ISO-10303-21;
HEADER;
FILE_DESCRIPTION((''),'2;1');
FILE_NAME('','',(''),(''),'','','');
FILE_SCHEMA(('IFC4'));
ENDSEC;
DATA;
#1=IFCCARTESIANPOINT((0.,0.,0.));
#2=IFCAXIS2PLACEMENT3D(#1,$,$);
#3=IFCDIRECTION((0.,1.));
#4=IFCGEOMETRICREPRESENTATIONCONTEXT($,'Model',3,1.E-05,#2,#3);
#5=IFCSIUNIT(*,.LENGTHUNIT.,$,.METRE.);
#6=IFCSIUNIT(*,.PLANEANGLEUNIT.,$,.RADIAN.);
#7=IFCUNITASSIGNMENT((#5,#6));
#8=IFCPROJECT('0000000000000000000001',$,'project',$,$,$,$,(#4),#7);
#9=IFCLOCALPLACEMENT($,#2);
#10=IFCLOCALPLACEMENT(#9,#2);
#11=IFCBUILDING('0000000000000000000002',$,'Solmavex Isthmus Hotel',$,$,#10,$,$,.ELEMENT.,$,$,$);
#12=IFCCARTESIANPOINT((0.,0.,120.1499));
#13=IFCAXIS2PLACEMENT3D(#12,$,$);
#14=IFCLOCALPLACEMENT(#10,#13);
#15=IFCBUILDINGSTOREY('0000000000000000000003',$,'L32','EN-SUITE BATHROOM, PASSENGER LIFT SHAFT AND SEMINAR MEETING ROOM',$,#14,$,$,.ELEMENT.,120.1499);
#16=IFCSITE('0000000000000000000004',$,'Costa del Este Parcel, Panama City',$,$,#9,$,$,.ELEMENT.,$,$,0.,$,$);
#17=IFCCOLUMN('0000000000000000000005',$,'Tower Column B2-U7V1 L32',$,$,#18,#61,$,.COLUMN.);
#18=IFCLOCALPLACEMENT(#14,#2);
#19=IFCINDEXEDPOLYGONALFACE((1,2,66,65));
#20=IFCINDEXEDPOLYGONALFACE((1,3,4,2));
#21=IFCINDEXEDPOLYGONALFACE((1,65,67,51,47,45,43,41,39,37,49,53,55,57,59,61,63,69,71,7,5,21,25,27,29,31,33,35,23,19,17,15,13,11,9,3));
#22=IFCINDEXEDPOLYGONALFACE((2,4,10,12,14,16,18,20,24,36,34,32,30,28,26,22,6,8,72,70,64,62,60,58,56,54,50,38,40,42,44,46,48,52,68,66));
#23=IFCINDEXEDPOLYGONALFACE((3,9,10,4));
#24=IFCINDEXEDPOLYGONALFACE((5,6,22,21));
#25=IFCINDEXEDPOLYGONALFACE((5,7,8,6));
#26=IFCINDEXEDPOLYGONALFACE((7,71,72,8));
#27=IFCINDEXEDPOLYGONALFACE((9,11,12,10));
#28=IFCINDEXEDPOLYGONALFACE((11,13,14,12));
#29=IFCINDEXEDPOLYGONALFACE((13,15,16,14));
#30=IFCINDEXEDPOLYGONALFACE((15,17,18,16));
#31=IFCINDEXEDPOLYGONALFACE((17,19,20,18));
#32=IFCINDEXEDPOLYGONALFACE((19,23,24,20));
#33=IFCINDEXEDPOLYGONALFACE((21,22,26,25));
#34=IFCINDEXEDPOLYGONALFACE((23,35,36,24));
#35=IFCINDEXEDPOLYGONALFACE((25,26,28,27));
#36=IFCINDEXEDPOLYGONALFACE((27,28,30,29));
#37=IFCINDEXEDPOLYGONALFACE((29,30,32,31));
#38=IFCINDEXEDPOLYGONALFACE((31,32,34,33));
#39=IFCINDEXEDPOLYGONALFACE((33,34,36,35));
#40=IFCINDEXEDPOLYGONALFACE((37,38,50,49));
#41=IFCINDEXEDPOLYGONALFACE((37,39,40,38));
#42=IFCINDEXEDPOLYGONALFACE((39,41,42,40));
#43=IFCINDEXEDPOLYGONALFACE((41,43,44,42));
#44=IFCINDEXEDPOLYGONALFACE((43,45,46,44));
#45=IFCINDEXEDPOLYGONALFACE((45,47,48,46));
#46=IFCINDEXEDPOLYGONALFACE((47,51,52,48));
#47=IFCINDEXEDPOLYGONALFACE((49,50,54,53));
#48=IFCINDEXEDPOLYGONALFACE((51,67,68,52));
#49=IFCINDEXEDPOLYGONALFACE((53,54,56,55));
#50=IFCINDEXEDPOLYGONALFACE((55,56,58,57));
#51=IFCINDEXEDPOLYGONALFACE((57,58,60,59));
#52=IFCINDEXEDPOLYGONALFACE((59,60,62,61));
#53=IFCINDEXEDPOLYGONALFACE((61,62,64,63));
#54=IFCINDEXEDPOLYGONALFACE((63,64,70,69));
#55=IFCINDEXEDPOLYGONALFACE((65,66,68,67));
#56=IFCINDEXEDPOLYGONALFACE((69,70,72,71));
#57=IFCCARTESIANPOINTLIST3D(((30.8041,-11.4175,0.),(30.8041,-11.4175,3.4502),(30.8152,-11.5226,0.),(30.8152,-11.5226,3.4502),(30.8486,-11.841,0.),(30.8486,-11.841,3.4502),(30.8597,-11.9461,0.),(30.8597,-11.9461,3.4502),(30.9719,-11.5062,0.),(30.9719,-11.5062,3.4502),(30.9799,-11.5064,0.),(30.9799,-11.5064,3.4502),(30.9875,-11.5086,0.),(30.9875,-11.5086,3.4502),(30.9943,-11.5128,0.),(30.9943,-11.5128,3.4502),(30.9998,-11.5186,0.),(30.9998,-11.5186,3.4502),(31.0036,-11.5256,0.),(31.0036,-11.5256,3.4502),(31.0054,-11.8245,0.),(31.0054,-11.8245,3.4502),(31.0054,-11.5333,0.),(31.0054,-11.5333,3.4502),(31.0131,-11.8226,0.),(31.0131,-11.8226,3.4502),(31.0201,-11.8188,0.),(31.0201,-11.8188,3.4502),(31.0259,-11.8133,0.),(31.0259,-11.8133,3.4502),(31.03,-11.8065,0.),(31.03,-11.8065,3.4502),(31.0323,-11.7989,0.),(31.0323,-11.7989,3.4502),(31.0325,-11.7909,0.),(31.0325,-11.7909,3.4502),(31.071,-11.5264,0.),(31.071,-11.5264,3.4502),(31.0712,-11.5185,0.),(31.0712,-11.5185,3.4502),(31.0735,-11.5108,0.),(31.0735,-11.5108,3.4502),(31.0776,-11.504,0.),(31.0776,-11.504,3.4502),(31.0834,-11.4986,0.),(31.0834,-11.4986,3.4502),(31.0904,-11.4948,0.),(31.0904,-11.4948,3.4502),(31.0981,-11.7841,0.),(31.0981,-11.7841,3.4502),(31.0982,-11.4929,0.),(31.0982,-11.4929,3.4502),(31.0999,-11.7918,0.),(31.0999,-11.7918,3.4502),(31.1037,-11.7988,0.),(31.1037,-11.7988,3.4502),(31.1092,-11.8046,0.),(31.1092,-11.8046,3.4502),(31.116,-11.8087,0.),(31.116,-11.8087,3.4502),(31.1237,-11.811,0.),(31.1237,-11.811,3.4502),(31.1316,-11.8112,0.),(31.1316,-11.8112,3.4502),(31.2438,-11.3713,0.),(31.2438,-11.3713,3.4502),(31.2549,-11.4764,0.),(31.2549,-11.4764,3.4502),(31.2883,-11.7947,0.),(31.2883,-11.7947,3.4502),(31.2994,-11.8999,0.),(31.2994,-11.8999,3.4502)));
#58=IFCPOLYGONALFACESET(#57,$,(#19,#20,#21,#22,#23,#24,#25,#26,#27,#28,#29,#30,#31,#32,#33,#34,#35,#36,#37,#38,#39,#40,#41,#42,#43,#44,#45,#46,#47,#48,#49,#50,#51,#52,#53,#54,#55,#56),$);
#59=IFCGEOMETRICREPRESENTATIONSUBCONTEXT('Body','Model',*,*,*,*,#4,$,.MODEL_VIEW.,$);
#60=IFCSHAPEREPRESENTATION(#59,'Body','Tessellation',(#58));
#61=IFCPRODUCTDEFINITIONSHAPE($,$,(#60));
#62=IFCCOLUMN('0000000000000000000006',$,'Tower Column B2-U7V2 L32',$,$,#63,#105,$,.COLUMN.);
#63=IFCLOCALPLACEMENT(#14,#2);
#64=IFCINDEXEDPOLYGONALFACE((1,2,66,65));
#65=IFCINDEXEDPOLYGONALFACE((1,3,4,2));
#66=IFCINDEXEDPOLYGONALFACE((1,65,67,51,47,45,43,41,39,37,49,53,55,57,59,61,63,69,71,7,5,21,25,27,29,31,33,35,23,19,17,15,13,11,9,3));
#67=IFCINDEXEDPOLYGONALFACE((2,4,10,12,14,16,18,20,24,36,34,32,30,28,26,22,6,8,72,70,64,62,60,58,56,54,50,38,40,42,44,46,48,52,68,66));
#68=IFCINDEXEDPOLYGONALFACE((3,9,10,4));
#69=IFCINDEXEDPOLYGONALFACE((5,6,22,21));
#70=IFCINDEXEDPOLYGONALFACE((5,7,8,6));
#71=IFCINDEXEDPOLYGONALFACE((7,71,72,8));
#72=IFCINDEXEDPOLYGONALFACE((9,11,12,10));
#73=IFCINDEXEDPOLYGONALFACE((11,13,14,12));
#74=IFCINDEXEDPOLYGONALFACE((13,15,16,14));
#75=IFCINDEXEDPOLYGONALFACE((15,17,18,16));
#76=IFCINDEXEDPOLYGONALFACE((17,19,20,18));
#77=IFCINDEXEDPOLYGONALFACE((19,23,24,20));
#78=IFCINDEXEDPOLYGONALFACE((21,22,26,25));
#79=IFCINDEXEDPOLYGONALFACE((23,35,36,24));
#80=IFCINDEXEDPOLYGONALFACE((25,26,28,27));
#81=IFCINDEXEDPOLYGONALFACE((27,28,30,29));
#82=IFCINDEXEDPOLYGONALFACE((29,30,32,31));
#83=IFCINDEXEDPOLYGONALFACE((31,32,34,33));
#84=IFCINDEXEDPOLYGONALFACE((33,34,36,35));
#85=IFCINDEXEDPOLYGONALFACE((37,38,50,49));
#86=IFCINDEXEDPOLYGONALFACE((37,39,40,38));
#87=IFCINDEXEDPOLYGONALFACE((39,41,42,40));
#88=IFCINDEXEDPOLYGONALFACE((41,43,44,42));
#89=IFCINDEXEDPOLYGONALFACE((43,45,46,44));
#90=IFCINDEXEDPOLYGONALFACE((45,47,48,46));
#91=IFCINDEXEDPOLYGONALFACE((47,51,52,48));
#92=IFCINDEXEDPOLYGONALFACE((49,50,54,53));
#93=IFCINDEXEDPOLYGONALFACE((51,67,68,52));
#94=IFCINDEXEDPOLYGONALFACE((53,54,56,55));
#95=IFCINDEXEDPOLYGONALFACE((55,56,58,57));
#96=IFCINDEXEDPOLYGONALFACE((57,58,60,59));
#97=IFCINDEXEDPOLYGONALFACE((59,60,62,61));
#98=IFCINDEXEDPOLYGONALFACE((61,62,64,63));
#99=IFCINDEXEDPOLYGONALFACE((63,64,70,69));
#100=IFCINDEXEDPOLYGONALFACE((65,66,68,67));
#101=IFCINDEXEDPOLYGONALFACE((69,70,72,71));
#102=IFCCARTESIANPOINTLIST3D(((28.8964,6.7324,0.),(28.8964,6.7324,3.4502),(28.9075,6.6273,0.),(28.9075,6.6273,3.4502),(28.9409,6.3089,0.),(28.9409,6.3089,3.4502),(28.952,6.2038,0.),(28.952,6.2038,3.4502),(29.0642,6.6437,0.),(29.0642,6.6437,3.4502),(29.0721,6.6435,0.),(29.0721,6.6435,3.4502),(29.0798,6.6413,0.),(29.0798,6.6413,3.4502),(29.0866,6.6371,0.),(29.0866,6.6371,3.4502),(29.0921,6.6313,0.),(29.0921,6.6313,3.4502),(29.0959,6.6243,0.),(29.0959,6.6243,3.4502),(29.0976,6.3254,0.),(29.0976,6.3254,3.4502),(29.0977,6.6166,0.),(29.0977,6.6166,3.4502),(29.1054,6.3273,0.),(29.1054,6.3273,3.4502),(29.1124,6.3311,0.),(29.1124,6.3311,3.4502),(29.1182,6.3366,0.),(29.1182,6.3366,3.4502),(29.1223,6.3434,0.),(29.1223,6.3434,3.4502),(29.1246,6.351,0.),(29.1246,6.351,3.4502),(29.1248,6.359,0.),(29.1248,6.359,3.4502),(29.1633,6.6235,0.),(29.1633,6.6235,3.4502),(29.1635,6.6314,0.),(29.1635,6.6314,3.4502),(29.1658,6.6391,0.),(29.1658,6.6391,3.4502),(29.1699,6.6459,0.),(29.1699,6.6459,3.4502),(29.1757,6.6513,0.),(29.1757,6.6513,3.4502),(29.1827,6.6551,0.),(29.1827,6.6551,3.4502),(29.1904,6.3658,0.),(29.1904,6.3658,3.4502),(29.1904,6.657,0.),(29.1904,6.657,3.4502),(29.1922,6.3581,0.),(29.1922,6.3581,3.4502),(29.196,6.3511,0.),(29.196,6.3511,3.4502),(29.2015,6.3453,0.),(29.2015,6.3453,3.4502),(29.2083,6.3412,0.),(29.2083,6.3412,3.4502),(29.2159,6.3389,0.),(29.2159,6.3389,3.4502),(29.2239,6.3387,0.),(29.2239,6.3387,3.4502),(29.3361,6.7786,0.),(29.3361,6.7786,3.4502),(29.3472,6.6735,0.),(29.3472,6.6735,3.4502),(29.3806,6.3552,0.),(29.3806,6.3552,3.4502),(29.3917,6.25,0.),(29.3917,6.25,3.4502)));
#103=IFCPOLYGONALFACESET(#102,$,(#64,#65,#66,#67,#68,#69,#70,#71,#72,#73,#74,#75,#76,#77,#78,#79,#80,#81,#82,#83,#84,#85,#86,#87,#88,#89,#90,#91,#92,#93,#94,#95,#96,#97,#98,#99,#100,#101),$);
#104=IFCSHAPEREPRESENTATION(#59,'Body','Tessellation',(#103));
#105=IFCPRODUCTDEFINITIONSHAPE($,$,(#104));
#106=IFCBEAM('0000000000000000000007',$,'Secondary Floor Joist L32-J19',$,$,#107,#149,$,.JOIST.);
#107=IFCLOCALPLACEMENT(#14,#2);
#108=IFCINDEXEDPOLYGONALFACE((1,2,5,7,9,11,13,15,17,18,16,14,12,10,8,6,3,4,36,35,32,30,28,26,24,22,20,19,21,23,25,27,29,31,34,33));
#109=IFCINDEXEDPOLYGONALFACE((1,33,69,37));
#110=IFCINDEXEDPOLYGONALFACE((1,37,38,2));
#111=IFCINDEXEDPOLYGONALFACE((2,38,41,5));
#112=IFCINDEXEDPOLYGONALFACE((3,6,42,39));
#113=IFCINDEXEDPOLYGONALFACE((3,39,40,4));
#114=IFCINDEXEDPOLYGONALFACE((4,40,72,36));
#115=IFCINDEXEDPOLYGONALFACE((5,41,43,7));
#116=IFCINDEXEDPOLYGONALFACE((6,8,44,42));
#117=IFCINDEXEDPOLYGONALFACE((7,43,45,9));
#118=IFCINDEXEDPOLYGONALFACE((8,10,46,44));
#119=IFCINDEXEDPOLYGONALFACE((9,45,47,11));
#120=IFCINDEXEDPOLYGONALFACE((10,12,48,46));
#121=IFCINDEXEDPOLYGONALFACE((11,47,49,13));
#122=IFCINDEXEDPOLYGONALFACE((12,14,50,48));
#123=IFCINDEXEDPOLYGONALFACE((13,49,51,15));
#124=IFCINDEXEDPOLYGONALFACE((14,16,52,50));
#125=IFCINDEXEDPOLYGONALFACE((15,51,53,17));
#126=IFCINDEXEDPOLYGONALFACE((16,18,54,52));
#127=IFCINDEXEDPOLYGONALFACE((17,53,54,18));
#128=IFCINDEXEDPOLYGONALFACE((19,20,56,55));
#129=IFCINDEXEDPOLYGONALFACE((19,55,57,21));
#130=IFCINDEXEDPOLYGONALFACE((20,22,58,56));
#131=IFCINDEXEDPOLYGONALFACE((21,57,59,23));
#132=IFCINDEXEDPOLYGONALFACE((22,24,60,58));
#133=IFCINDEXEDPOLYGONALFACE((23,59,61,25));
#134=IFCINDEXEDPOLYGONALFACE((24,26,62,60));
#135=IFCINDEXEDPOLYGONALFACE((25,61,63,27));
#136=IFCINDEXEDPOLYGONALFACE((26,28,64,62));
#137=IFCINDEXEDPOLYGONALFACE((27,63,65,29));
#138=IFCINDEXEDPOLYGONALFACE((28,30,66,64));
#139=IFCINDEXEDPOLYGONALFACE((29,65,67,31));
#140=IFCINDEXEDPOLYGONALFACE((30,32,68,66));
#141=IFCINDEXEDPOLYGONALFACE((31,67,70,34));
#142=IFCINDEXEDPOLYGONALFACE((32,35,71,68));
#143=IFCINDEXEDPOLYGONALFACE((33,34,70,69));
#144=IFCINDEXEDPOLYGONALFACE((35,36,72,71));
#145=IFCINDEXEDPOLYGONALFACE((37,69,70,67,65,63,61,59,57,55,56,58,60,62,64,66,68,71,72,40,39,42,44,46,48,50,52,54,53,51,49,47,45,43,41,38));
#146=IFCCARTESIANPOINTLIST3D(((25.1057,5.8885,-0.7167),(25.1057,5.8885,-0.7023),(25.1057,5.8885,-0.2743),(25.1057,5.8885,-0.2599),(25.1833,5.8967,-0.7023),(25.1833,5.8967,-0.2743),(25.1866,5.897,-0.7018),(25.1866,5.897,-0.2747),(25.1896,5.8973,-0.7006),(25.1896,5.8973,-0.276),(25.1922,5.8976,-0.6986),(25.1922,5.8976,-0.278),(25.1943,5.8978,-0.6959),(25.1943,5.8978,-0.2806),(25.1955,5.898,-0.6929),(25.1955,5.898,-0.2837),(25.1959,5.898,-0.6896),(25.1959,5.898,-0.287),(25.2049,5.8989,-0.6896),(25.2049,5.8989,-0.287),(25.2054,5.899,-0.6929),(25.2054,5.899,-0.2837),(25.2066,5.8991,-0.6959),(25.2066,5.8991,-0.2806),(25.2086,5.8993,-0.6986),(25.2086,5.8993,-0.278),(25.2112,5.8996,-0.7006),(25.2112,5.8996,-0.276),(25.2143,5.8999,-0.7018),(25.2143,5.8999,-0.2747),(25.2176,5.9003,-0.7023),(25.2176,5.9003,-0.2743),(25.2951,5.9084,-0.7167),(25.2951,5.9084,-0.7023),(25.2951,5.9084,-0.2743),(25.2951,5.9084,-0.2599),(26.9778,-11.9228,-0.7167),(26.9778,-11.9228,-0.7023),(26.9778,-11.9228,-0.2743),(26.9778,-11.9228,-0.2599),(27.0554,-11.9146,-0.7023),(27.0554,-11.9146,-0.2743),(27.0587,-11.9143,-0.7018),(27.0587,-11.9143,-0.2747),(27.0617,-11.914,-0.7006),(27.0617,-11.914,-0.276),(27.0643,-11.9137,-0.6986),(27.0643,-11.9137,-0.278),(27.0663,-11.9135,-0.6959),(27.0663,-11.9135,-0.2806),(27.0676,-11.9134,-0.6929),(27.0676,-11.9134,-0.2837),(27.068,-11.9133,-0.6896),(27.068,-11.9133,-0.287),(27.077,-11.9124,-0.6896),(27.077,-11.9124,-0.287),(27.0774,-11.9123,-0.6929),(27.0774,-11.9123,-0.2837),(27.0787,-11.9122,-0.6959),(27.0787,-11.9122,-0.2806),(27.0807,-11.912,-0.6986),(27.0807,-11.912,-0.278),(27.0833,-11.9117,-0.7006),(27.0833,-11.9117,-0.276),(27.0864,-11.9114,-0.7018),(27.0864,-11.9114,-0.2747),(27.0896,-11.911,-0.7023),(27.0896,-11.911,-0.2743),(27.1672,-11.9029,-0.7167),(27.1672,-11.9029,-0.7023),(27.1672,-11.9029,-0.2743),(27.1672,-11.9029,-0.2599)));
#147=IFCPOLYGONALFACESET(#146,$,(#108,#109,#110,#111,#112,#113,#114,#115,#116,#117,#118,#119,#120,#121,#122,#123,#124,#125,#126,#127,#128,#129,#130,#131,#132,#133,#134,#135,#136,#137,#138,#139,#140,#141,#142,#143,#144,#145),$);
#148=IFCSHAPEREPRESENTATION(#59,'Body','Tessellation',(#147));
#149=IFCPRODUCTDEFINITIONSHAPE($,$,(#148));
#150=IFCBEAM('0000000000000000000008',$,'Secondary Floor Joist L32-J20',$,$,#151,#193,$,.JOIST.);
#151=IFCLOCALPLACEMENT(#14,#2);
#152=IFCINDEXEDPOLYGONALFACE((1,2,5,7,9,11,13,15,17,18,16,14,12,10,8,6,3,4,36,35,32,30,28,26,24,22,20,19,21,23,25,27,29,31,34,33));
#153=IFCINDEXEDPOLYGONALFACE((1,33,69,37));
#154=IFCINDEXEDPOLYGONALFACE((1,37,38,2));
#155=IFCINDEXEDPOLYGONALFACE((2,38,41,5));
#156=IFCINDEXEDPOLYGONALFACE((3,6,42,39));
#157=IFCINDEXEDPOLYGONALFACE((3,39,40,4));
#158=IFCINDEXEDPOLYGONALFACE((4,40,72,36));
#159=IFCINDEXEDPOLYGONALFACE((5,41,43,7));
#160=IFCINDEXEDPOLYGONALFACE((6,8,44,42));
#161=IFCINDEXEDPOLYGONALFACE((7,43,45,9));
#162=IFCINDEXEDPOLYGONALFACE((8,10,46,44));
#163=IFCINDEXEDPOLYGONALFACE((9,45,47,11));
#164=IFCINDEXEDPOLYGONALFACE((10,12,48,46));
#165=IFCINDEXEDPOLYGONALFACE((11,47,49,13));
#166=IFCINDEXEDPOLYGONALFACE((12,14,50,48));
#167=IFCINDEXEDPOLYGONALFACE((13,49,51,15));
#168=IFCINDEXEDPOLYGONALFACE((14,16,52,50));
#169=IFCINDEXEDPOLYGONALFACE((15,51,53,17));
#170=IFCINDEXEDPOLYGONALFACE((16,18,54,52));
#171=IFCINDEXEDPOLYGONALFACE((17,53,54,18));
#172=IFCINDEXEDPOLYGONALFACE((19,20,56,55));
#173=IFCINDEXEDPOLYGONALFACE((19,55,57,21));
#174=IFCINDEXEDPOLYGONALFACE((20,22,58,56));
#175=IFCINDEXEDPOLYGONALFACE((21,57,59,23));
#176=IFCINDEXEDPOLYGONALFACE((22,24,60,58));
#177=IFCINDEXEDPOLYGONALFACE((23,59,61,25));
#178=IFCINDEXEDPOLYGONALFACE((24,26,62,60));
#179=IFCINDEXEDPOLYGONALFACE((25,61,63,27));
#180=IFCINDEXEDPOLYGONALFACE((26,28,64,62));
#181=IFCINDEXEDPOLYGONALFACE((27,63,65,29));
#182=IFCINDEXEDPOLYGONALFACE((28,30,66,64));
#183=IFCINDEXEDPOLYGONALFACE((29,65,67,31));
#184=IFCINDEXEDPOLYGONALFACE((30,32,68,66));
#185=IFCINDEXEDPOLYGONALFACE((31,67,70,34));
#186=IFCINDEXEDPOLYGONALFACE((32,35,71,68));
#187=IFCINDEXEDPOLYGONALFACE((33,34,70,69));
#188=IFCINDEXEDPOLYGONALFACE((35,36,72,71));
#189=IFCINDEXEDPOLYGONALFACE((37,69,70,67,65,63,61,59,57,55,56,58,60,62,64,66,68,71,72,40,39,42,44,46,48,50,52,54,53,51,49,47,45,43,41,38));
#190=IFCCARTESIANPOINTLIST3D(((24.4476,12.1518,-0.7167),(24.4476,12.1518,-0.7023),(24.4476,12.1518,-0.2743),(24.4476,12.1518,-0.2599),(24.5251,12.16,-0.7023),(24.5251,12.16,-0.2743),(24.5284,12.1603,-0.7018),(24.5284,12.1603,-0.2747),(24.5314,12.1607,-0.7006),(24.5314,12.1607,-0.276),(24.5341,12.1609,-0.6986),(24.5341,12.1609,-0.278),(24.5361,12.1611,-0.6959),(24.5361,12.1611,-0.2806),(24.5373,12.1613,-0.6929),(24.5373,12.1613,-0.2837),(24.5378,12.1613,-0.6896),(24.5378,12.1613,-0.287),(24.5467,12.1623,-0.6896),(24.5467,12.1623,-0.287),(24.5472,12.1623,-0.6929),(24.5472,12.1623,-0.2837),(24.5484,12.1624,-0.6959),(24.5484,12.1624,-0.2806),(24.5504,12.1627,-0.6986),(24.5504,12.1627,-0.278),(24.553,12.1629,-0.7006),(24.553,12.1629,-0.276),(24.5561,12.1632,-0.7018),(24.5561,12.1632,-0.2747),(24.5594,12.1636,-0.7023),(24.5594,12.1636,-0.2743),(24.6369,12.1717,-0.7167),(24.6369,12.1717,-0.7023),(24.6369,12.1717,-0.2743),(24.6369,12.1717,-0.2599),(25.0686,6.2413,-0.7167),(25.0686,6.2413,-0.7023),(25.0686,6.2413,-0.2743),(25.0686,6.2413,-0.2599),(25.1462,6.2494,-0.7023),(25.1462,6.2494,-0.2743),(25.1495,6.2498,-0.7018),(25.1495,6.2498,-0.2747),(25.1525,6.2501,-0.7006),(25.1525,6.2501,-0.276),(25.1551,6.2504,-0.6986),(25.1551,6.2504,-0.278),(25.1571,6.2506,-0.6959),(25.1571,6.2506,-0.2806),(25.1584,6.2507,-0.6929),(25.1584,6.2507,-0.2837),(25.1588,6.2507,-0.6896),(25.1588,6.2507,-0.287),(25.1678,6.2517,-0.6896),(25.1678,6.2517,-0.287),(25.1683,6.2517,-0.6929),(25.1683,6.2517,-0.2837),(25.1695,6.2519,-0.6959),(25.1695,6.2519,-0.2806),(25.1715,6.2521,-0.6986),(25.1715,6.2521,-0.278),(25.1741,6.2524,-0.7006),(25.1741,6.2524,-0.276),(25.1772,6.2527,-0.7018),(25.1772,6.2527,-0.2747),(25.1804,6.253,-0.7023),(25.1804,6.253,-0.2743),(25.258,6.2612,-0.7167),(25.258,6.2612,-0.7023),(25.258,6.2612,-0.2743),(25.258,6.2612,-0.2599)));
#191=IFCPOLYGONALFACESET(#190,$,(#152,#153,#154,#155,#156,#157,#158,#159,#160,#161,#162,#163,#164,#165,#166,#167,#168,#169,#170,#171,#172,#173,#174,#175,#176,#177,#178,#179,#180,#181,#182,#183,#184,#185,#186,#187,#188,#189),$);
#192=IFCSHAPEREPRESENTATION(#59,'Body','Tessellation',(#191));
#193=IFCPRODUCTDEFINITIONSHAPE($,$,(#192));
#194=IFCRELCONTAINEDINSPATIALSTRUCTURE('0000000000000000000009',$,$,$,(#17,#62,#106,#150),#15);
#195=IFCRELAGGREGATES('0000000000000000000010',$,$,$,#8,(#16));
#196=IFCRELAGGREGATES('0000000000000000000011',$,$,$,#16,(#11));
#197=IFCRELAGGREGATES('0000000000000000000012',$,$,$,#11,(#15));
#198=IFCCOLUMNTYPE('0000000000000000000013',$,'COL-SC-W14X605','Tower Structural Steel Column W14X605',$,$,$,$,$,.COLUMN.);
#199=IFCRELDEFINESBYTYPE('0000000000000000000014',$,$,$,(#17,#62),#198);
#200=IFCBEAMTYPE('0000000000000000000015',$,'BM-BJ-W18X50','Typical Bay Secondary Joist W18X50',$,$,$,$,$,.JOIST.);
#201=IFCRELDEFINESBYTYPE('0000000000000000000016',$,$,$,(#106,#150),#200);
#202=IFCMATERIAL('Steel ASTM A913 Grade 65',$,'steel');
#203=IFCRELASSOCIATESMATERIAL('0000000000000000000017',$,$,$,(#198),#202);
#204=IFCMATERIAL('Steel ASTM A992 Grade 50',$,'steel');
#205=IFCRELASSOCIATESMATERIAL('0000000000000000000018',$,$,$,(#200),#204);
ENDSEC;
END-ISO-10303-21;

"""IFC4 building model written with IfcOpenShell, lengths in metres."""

from ifc_helpers import new_model, si_unit, direction, frame, origin, origin_2d, place, context, subcontext, project, spatial, i_section, extrude, material, material_profile, profile_set, type_object, element, save


model = new_model("IFC4")

# Units and contexts
model_context = context("Model", 3, precision=1e-05, world=origin(), true_north=direction((0.0, 1.0)))
body_context = subcontext(model_context, "Body", "Model", "MODEL_VIEW")
ifc_project = project(units=[si_unit("LENGTHUNIT", "METRE"), si_unit("PLANEANGLEUNIT", "RADIAN")], contexts=[model_context])

# Site, building, storey
site_placement = place(None, origin())
site = spatial("IfcSite", under=ifc_project, at=site_placement, Name="Costa del Este Parcel, Panama City", CompositionType="ELEMENT", RefElevation=0.0)
building_placement = place(site_placement, origin())
building = spatial("IfcBuilding", under=site, at=building_placement, Name="Solmavex Isthmus Hotel", CompositionType="ELEMENT")
storey_placement = place(building_placement, frame((0.0, 0.0, 120.1499)))
storey = spatial("IfcBuildingStorey", under=building, at=storey_placement, Name="L32", Description="EN-SUITE BATHROOM, PASSENGER LIFT SHAFT AND SEMINAR MEETING ROOM", CompositionType="ELEMENT", Elevation=120.1499)

# Columns
ifc_material_1 = material(Name="Steel ASTM A913 Grade 65", Category="steel")
ifc_material_profile_1 = material_profile(ifc_material_1, i_section(OverallWidth=0.4421, OverallDepth=0.5315, WebThickness=0.0659, FlangeThickness=0.1057, FilletRadius=0.0305, at=origin_2d()), Name="W14X605")
ifc_profile_set_1 = profile_set([ifc_material_profile_1], Name="Steel ASTM A913 Grade 65")
column_type = type_object("IfcColumnType", Name="COL-SC-W14X605", Description="Tower Structural Steel Column W14X605", PredefinedType="COLUMN", material=ifc_profile_set_1)
for number, where, z_axis, x_axis, name in (
    (1, (31.0518, -11.6587, 0.0), (0.0, 0.0, 1.0), (0.994522, 0.104528, 0.0), "Tower Column B2-U7V1 L32"),
    (2, (29.144, 6.4912, 0.0), (0.0, 0.0, 1.0), (0.994522, 0.104528, 0.0), "Tower Column B2-U7V2 L32"),
):
    element("IfcColumn", number, at=place(storey_placement, frame(where, z_axis=z_axis, x_axis=x_axis)), inside=storey, type_object=column_type, Name=name, PredefinedType="COLUMN", context=body_context, shape_type="SweptSolid", body=[
        extrude(i_section(OverallWidth=0.4421, OverallDepth=0.5315, WebThickness=0.0659, FlangeThickness=0.1057, FilletRadius=0.0305, at=origin_2d()), origin(), (0.0, 0.0, 1.0), 3.4502),
    ])

# Beams
ifc_material_2 = material(Name="Steel ASTM A992 Grade 50", Category="steel")
ifc_material_profile_2 = material_profile(ifc_material_2, i_section(OverallWidth=0.1904, OverallDepth=0.4568, WebThickness=0.009, FlangeThickness=0.0144, FilletRadius=0.0127, at=origin_2d()), Name="W18X50")
ifc_profile_set_2 = profile_set([ifc_material_profile_2], Name="Steel ASTM A992 Grade 50")
beam_type_1 = type_object("IfcBeamType", Name="BM-BJ-W18X50", Description="Typical Bay Secondary Joist W18X50", PredefinedType="JOIST", material=ifc_profile_set_2)
beam_1_placement = place(storey_placement, frame((27.0725, -11.9128, -0.4883), z_axis=(-0.10453, 0.994522, 0.0), x_axis=(-0.994522, -0.10453, 0.0)))
element("IfcBeam", 3, at=beam_1_placement, inside=storey, type_object=beam_type_1, Name="Secondary Floor Joist L32-J19", PredefinedType="JOIST", context=body_context, shape_type="SweptSolid", body=[
    extrude(i_section(OverallWidth=0.1904, OverallDepth=0.4568, WebThickness=0.009, FlangeThickness=0.0144, FilletRadius=0.0127, at=origin_2d()), origin(), (0.0, 0.0, 1.0), 17.9094),
])
beam_2_placement = place(storey_placement, frame((25.1633, 6.2512, -0.4883), z_axis=(-0.104505, 0.994524, 0.0), x_axis=(-0.994524, -0.104505, 0.0)))
element("IfcBeam", 4, at=beam_2_placement, inside=storey, type_object=beam_type_1, Name="Secondary Floor Joist L32-J20", PredefinedType="JOIST", context=body_context, shape_type="SweptSolid", body=[
    extrude(i_section(OverallWidth=0.1904, OverallDepth=0.4568, WebThickness=0.009, FlangeThickness=0.0144, FilletRadius=0.0127, at=origin_2d()), origin(), (0.0, 0.0, 1.0), 5.9431),
])

save(model, "model.ifc")
